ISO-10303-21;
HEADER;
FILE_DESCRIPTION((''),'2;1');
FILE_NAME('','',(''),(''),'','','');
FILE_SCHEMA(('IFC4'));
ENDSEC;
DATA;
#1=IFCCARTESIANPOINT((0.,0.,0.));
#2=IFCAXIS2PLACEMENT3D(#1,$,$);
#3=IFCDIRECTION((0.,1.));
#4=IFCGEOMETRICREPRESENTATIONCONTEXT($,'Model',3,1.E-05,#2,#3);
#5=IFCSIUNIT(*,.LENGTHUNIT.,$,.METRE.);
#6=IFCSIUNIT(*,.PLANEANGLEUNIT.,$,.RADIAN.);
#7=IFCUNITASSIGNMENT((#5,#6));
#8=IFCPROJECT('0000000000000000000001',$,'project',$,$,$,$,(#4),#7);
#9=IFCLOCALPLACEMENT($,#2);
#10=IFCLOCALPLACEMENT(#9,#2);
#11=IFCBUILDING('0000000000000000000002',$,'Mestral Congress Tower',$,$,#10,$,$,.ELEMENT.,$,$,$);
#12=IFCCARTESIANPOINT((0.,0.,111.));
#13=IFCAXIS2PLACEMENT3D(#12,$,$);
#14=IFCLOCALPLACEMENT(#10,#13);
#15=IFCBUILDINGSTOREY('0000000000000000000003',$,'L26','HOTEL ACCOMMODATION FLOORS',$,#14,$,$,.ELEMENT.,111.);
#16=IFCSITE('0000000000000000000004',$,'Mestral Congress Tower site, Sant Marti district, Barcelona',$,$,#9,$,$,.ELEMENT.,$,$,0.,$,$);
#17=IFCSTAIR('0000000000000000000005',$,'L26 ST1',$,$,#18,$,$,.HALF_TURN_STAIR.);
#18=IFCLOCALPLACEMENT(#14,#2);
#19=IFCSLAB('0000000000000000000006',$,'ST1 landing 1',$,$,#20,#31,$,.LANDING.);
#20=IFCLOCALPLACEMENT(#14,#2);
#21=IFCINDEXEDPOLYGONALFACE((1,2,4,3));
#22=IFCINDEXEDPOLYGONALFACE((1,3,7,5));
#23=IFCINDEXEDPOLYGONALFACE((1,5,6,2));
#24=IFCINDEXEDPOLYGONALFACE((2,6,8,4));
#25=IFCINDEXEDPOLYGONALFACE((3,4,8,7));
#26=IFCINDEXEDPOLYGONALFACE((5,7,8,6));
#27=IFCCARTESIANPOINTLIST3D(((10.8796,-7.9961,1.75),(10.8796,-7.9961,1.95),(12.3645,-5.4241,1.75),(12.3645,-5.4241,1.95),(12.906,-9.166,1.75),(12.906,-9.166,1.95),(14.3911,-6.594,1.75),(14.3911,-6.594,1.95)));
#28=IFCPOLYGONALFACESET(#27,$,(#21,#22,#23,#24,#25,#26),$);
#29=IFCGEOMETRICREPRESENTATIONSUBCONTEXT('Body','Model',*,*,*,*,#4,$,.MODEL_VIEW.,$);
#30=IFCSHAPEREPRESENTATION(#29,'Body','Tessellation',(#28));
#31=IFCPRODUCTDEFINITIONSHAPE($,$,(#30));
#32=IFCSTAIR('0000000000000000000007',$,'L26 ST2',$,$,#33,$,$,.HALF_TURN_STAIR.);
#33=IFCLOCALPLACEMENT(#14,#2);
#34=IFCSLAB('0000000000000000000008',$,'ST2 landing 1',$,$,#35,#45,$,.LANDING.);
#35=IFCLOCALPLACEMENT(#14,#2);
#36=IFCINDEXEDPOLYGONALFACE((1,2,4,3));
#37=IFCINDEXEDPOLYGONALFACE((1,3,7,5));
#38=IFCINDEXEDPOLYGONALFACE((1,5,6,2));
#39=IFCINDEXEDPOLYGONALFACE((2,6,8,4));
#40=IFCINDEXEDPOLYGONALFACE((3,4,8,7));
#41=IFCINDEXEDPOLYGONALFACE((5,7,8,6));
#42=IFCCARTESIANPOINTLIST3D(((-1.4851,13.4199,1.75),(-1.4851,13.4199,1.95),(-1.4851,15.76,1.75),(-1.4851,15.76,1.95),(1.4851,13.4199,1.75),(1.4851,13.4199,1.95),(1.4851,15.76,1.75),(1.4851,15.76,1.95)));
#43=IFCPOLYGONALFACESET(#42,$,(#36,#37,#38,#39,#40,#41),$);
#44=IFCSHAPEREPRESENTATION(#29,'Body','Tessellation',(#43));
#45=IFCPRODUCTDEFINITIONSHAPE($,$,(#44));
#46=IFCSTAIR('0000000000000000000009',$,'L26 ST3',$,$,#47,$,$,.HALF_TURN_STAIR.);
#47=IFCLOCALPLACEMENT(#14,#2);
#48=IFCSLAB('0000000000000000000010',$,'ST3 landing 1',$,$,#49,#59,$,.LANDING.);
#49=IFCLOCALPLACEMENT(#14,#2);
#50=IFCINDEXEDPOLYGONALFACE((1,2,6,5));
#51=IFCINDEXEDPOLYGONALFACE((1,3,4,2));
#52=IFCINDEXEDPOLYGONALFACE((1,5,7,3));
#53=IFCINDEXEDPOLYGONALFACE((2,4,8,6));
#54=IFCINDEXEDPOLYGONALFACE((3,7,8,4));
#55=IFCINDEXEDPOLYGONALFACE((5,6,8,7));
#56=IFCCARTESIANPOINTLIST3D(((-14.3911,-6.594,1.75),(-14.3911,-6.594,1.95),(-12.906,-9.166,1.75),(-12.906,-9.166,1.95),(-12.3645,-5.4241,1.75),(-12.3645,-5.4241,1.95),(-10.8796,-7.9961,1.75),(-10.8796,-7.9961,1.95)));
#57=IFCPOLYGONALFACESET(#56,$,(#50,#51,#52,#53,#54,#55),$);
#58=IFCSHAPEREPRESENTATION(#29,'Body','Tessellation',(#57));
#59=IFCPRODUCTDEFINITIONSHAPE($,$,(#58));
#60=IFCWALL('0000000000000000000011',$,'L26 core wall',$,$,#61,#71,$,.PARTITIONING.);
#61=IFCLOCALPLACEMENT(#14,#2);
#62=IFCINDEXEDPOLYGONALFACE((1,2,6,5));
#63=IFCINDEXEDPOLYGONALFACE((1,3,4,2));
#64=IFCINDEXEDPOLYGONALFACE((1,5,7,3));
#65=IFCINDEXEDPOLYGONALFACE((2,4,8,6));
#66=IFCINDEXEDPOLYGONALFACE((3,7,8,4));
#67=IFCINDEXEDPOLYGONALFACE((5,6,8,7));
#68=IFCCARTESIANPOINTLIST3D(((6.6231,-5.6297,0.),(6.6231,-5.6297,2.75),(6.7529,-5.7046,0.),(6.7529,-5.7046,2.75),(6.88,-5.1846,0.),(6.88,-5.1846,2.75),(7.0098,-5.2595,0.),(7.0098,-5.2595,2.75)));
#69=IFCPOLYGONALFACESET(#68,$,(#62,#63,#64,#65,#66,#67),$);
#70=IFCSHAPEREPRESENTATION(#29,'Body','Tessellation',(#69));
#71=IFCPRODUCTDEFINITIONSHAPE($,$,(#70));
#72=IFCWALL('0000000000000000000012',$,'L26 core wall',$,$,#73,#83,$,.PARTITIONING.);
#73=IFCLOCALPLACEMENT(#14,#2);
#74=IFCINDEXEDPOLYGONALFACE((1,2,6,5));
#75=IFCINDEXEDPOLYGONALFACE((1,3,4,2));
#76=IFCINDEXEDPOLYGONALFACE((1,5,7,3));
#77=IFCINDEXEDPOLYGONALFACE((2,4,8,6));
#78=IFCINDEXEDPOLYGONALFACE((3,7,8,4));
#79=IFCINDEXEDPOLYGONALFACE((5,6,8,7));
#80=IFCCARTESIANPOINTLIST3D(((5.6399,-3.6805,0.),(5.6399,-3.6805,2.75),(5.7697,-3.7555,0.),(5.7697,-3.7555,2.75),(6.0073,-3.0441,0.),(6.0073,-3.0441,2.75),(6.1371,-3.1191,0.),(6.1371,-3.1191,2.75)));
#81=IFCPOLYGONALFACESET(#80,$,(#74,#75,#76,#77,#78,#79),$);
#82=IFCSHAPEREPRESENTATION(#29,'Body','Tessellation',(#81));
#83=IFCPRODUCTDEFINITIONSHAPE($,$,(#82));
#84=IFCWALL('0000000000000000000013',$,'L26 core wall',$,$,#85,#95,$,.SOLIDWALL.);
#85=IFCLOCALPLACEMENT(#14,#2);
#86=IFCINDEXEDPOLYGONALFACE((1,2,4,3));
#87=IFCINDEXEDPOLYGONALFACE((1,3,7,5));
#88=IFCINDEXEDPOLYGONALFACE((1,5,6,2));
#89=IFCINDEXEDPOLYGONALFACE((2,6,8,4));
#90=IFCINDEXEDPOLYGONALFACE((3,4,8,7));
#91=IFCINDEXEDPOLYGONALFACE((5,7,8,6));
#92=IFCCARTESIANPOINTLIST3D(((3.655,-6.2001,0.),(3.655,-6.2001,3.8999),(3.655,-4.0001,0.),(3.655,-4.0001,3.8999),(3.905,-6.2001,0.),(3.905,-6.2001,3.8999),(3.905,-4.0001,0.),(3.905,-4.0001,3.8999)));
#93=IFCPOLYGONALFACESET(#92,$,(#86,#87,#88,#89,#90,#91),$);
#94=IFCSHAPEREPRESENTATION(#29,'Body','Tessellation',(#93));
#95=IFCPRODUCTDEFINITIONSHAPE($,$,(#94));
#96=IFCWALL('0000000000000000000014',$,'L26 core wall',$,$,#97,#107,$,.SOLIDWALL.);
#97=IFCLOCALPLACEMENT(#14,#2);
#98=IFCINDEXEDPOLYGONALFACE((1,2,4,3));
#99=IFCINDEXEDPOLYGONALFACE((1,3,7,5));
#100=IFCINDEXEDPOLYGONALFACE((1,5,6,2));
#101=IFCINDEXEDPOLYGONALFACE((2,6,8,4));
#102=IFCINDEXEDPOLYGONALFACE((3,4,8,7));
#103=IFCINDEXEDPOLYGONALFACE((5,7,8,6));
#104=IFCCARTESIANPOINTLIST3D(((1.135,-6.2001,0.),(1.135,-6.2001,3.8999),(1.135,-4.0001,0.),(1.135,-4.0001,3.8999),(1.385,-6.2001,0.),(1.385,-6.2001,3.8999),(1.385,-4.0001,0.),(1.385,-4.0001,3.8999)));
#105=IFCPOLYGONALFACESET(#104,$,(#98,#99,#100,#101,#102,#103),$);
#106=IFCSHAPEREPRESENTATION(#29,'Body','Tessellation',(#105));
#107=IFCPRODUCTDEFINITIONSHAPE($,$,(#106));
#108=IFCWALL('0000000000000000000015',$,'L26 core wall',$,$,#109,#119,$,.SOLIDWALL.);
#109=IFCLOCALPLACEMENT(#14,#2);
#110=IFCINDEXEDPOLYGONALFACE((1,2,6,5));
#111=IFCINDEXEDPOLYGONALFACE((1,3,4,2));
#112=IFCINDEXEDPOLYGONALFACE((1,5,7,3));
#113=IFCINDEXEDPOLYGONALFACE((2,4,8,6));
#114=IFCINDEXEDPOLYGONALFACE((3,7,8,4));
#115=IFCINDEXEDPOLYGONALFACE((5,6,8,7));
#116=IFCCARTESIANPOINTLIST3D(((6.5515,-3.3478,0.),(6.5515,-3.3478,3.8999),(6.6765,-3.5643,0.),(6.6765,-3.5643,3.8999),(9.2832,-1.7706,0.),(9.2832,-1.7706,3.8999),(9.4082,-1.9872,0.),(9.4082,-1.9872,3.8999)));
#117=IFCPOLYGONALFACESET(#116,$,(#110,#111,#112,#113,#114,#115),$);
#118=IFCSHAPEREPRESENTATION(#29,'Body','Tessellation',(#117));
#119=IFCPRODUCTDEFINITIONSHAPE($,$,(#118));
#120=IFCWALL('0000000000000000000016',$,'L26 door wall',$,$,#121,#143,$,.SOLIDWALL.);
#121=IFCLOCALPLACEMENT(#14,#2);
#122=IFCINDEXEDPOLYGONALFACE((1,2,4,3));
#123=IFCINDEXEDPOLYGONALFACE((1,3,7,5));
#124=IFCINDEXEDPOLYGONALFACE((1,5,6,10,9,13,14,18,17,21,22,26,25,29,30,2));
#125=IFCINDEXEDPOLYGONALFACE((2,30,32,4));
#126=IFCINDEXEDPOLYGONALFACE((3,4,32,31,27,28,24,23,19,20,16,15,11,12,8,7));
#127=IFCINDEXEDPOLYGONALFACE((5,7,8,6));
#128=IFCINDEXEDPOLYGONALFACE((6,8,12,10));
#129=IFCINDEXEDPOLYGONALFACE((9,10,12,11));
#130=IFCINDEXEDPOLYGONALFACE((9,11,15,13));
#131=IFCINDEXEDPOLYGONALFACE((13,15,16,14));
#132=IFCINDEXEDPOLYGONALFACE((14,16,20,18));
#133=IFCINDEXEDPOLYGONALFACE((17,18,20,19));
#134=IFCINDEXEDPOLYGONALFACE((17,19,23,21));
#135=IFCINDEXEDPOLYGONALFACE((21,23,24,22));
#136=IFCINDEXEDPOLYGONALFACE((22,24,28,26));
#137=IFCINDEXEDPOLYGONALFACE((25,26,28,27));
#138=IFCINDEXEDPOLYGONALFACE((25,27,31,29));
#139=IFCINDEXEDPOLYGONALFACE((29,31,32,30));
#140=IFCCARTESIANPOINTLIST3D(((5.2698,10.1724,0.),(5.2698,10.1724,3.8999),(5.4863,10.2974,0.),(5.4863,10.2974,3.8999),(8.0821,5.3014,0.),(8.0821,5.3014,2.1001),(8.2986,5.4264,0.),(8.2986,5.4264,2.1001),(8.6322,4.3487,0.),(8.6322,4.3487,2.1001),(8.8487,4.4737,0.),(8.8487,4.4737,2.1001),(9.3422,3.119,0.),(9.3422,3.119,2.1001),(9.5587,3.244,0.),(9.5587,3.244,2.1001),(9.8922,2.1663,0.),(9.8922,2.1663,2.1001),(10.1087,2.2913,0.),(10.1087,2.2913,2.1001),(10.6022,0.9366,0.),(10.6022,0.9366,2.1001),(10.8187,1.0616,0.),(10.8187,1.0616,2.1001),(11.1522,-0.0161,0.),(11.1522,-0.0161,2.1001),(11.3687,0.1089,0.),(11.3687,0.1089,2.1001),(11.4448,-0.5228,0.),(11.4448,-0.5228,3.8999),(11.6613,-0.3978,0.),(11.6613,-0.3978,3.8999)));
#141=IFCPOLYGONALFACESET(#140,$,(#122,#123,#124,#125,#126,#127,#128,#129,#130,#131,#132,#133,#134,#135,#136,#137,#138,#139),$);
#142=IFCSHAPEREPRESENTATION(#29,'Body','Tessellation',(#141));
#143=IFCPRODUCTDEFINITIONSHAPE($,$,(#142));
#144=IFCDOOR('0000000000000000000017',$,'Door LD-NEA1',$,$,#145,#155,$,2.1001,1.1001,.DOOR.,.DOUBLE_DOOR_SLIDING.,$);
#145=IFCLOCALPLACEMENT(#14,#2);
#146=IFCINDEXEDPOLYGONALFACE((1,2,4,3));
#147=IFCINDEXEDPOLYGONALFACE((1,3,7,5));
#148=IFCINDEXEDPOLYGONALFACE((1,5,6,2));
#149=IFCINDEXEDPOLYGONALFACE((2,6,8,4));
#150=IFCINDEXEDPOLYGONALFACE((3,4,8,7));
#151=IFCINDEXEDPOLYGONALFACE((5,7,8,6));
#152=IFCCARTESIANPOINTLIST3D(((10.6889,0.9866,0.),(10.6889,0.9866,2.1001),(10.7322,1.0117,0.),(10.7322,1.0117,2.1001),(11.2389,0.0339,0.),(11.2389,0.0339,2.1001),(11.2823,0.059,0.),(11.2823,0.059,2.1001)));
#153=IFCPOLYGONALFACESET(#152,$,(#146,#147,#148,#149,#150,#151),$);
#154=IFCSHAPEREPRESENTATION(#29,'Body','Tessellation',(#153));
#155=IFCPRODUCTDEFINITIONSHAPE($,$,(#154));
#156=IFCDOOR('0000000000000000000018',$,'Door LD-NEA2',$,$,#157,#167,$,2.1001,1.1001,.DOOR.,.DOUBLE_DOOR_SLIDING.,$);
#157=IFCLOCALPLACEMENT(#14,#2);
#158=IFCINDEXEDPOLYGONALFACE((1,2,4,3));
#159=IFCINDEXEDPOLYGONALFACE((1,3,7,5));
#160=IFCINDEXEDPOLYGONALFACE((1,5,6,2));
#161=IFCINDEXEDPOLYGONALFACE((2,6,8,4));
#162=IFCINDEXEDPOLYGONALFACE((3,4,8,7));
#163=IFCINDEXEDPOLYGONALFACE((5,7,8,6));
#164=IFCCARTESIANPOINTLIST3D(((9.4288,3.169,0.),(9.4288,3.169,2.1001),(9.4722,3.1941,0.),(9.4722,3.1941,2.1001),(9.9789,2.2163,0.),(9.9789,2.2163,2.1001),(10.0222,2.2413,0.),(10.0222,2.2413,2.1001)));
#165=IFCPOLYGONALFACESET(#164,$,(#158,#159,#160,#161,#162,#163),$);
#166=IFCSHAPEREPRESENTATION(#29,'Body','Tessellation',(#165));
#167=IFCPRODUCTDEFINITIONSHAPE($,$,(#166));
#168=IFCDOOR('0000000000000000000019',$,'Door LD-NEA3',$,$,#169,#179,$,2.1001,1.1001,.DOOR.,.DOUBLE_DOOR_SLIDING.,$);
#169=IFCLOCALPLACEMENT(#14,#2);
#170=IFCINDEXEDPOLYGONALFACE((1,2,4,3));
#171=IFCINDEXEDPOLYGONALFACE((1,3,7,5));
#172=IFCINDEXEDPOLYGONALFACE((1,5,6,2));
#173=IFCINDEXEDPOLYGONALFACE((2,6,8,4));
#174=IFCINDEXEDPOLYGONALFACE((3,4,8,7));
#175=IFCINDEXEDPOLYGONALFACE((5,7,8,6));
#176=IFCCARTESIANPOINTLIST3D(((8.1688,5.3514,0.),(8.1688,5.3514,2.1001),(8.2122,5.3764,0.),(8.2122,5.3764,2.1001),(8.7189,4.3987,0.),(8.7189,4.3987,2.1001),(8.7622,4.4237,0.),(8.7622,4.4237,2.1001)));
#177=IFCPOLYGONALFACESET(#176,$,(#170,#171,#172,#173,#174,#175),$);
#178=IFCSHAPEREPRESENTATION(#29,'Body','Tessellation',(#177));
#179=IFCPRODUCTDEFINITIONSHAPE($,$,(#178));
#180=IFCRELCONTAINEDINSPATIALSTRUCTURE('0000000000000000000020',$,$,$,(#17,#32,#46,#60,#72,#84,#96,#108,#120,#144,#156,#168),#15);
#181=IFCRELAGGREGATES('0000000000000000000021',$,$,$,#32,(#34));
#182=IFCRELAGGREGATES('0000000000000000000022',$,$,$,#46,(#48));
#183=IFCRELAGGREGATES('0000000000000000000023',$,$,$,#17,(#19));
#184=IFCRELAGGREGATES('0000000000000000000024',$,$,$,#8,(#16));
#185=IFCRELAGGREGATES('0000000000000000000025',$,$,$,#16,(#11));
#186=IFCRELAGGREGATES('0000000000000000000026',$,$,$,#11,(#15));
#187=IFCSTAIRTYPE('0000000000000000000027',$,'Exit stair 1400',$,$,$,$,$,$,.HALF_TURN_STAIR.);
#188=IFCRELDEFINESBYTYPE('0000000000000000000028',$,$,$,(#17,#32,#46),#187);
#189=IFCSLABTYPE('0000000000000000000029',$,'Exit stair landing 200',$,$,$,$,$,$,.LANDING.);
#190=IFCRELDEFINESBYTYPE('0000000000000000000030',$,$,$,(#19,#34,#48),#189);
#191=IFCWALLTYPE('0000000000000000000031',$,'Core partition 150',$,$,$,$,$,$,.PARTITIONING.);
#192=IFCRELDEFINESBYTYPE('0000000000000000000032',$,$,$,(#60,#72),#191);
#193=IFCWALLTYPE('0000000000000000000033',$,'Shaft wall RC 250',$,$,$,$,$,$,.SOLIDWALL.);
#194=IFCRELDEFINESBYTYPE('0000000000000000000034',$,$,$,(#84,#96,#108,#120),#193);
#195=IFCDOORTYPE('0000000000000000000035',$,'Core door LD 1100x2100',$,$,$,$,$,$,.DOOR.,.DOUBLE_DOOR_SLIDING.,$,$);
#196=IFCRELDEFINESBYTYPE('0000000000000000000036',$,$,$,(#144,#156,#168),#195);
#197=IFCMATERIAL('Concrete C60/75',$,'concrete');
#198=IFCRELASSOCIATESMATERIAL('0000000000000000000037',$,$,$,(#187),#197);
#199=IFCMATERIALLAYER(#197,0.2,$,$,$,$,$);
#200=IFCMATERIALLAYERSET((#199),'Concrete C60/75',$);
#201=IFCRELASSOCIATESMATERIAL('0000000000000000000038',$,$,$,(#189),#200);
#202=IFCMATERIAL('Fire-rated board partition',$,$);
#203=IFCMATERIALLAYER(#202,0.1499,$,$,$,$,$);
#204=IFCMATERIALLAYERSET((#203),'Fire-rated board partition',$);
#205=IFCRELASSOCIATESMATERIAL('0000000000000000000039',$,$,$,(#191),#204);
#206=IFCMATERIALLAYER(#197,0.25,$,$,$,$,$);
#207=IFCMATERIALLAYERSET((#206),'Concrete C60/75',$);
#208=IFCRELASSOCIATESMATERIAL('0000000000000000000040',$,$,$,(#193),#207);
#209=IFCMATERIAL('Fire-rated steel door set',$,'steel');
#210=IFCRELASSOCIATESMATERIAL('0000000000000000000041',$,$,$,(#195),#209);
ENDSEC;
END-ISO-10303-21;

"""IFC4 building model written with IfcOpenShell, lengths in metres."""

from ifc_helpers import new_model, si_unit, direction, frame, frame_2d, origin, place, context, subcontext, project, spatial, polyline, rectangle, outline, extrude, material, layer, layer_set, type_object, element, fill, aggregate, save


model = new_model("IFC4")

# Units and contexts
model_context = context("Model", 3, precision=1e-05, world=origin(), true_north=direction((0.0, 1.0)))
body_context = subcontext(model_context, "Body", "Model", "MODEL_VIEW")
ifc_project = project(units=[si_unit("LENGTHUNIT", "METRE"), si_unit("PLANEANGLEUNIT", "RADIAN")], contexts=[model_context])

# Site, building, storey
site_placement = place(None, origin())
site = spatial("IfcSite", under=ifc_project, at=site_placement, Name="Mestral Congress Tower site, Sant Marti district, Barcelona", CompositionType="ELEMENT", RefElevation=0.0)
building_placement = place(site_placement, origin())
building = spatial("IfcBuilding", under=site, at=building_placement, Name="Mestral Congress Tower", CompositionType="ELEMENT")
storey_placement = place(building_placement, frame((0.0, 0.0, 111.0)))
storey = spatial("IfcBuildingStorey", under=building, at=storey_placement, Name="L26", Description="HOTEL ACCOMMODATION FLOORS", CompositionType="ELEMENT", Elevation=111.0)

# Shared definitions
ifc_material_1 = material(Name="Concrete C60/75", Category="concrete")

# Stairs, slabs
stair_type = type_object("IfcStairType", Name="Exit stair 1400", PredefinedType="HALF_TURN_STAIR", material=ifc_material_1)
placement_1 = place(storey_placement, origin())
stair_1 = element("IfcStair", 1, at=placement_1, inside=storey, type_object=stair_type, Name="L26 ST1", PredefinedType="HALF_TURN_STAIR")
ifc_layer_1 = layer(ifc_material_1, 0.2)
ifc_layer_set_1 = layer_set([ifc_layer_1], Name="Concrete C60/75")
slab_type_1 = type_object("IfcSlabType", Name="Exit stair landing 200", PredefinedType="LANDING", material=ifc_layer_set_1)
placement_2 = place(storey_placement, frame((0.0, 0.0, 1.75)))
slab_1 = element("IfcSlab", 2, at=placement_2, type_object=slab_type_1, Name="ST1 landing 1", PredefinedType="LANDING", context=body_context, shape_type="SweptSolid", body=[
    extrude(outline(polyline([(10.8796, -7.9961), (12.3645, -5.4241), (14.3911, -6.594), (12.906, -9.166), (10.8796, -7.9961)])), origin(), (0.0, 0.0, 1.0), 0.2),
])
stair_2 = element("IfcStair", 3, at=placement_1, inside=storey, type_object=stair_type, Name="L26 ST2", PredefinedType="HALF_TURN_STAIR")
slab_2 = element("IfcSlab", 4, at=placement_2, type_object=slab_type_1, Name="ST2 landing 1", PredefinedType="LANDING", context=body_context, shape_type="SweptSolid", body=[
    extrude(outline(polyline([(1.4851, 13.4199), (-1.4851, 13.4199), (-1.4851, 15.76), (1.4851, 15.76), (1.4851, 13.4199)])), origin(), (0.0, 0.0, 1.0), 0.2),
])
aggregate(stair_2, [slab_2])
stair_3 = element("IfcStair", 5, at=placement_1, inside=storey, type_object=stair_type, Name="L26 ST3", PredefinedType="HALF_TURN_STAIR")
slab_3 = element("IfcSlab", 6, at=placement_2, type_object=slab_type_1, Name="ST3 landing 1", PredefinedType="LANDING", context=body_context, shape_type="SweptSolid", body=[
    extrude(outline(polyline([(-12.3645, -5.4241), (-10.8796, -7.9961), (-12.906, -9.166), (-14.3911, -6.594), (-12.3645, -5.4241)])), origin(), (0.0, 0.0, 1.0), 0.2),
])
aggregate(stair_3, [slab_3])

# Walls
ifc_material_2 = material(Name="Fire-rated board partition")
ifc_layer_2 = layer(ifc_material_2, 0.1499)
ifc_layer_set_2 = layer_set([ifc_layer_2], Name="Fire-rated board partition")
wall_type_1 = type_object("IfcWallType", Name="Core partition 150", PredefinedType="PARTITIONING", material=ifc_layer_set_2)
wall_1_placement = place(storey_placement, frame((6.9448, -5.2222, 0.0), z_axis=(0.0, 0.0, 1.0), x_axis=(-0.499818, -0.86613, 0.0)))
element("IfcWall", 7, at=wall_1_placement, inside=storey, type_object=wall_type_1, Name="L26 core wall", PredefinedType="PARTITIONING", context=body_context, shape_type="SweptSolid", body=[
    extrude(rectangle(XDim=0.5139, YDim=0.1499, at=frame_2d((0.2568, 0.0))), origin(), (0.0, 0.0, 1.0), 2.75),
])
wall_2_placement = place(storey_placement, frame((5.7048, -3.718, 0.0), z_axis=(0.0, 0.0, 1.0), x_axis=(0.499962, 0.866047, 0.0)))
element("IfcWall", 8, at=wall_2_placement, inside=storey, type_object=wall_type_1, Name="L26 core wall", PredefinedType="PARTITIONING", context=body_context, shape_type="SweptSolid", body=[
    extrude(rectangle(XDim=0.7349, YDim=0.1499, at=frame_2d((0.3674, 0.0))), origin(), (0.0, 0.0, 1.0), 2.75),
])
ifc_layer_3 = layer(ifc_material_1, 0.25)
ifc_layer_set_3 = layer_set([ifc_layer_3], Name="Concrete C60/75")
wall_type_2 = type_object("IfcWallType", Name="Shaft wall RC 250", PredefinedType="SOLIDWALL", material=ifc_layer_set_3)
for number, where, z_axis, x_axis, name in (
    (9, (3.78, -4.0, 0.0), (0.0, 0.0, 1.0), (0.0, -1.0, 0.0), "L26 core wall"),
    (10, (1.26, -4.0, 0.0), (0.0, 0.0, 1.0), (0.0, -1.0, 0.0), "L26 core wall"),
):
    element("IfcWall", number, at=place(storey_placement, frame(where, z_axis=z_axis, x_axis=x_axis)), inside=storey, type_object=wall_type_2, Name=name, PredefinedType="SOLIDWALL", context=body_context, shape_type="SweptSolid", body=[
        extrude(rectangle(XDim=2.2, YDim=0.25, at=frame_2d((1.1001, 0.0))), origin(), (0.0, 0.0, 1.0), 3.8999),
    ])
wall_3_placement = place(storey_placement, frame((6.614, -3.4561, 0.0), z_axis=(0.0, 0.0, 1.0), x_axis=(0.866024, 0.500002, 0.0)))
element("IfcWall", 11, at=wall_3_placement, inside=storey, type_object=wall_type_2, Name="L26 core wall", PredefinedType="SOLIDWALL", context=body_context, shape_type="SweptSolid", body=[
    extrude(rectangle(XDim=3.1543, YDim=0.25, at=frame_2d((1.5771, 0.0))), origin(), (0.0, 0.0, 1.0), 3.8999),
])

# Wall, openings, doors
wall_4_placement = place(storey_placement, frame((11.553, -0.4602, 0.0), z_axis=(0.0, 0.0, 1.0), x_axis=(-0.500007, 0.866022, 0.0)))
wall_4 = element("IfcWall", 12, at=wall_4_placement, inside=storey, type_object=wall_type_2, Name="L26 door wall", PredefinedType="SOLIDWALL", context=body_context, shape_type="SweptSolid", body=[
    extrude(rectangle(XDim=12.3499, YDim=0.25, at=frame_2d((6.1748, 0.0))), origin(), (0.0, 0.0, 1.0), 3.8999),
])
opening_1_placement = place(wall_4_placement, frame((0.585, 0.0, 0.0)))
opening_1 = element("IfcOpeningElement", 13, at=opening_1_placement, cuts=wall_4, PredefinedType="OPENING", context=body_context, shape_type="SweptSolid", body=[
    extrude(rectangle(XDim=1.1001, YDim=2.1001, at=frame_2d((0.55, 1.05))), frame((0.0, 0.135, 0.0), z_axis=(0.0, -1.0, 0.0), x_axis=(1.0, 0.0, 0.0)), (0.0, 0.0, 1.0), 0.27),
])
opening_2_placement = place(wall_4_placement, frame((3.105, 0.0, 0.0)))
opening_2 = element("IfcOpeningElement", 14, at=opening_2_placement, cuts=wall_4, PredefinedType="OPENING", context=body_context, shape_type="SweptSolid", body=[
    extrude(rectangle(XDim=1.1001, YDim=2.1001, at=frame_2d((0.55, 1.05))), frame((0.0, 0.135, 0.0), z_axis=(0.0, -1.0, 0.0), x_axis=(1.0, 0.0, 0.0)), (0.0, 0.0, 1.0), 0.27),
])
opening_3_placement = place(wall_4_placement, frame((5.625, 0.0, 0.0)))
opening_3 = element("IfcOpeningElement", 15, at=opening_3_placement, cuts=wall_4, PredefinedType="OPENING", context=body_context, shape_type="SweptSolid", body=[
    extrude(rectangle(XDim=1.1001, YDim=2.1001, at=frame_2d((0.55, 1.05))), frame((0.0, 0.135, 0.0), z_axis=(0.0, -1.0, 0.0), x_axis=(1.0, 0.0, 0.0)), (0.0, 0.0, 1.0), 0.27),
])
ifc_material_3 = material(Name="Fire-rated steel door set", Category="steel")
door_type_1 = type_object("IfcDoorType", Name="Core door LD 1100x2100", OperationType="DOUBLE_DOOR_SLIDING", PredefinedType="DOOR", material=ifc_material_3)
door_1_placement = place(opening_1_placement, origin())
door_1 = element("IfcDoor", 16, at=door_1_placement, inside=storey, type_object=door_type_1, Name="Door LD-NEA1", OperationType="DOUBLE_DOOR_SLIDING", OverallHeight=2.1001, OverallWidth=1.1001, PredefinedType="DOOR", context=body_context, shape_type="SweptSolid", body=[
    extrude(rectangle(XDim=1.1001, YDim=2.1001, at=frame_2d((0.55, 1.05))), frame((0.0, 0.0249, 0.0), z_axis=(0.0, -1.0, 0.0), x_axis=(1.0, 0.0, 0.0)), (0.0, 0.0, 1.0), 0.05),
])
fill(opening_1, door_1)
door_2_placement = place(opening_2_placement, origin())
door_2 = element("IfcDoor", 17, at=door_2_placement, inside=storey, type_object=door_type_1, Name="Door LD-NEA2", OperationType="DOUBLE_DOOR_SLIDING", OverallHeight=2.1001, OverallWidth=1.1001, PredefinedType="DOOR", context=body_context, shape_type="SweptSolid", body=[
    extrude(rectangle(XDim=1.1001, YDim=2.1001, at=frame_2d((0.55, 1.05))), frame((0.0, 0.0249, 0.0), z_axis=(0.0, -1.0, 0.0), x_axis=(1.0, 0.0, 0.0)), (0.0, 0.0, 1.0), 0.05),
])
fill(opening_2, door_2)
door_3_placement = place(opening_3_placement, origin())
door_3 = element("IfcDoor", 18, at=door_3_placement, inside=storey, type_object=door_type_1, Name="Door LD-NEA3", OperationType="DOUBLE_DOOR_SLIDING", OverallHeight=2.1001, OverallWidth=1.1001, PredefinedType="DOOR", context=body_context, shape_type="SweptSolid", body=[
    extrude(rectangle(XDim=1.1001, YDim=2.1001, at=frame_2d((0.55, 1.05))), frame((0.0, 0.0249, 0.0), z_axis=(0.0, -1.0, 0.0), x_axis=(1.0, 0.0, 0.0)), (0.0, 0.0, 1.0), 0.05),
])
fill(opening_3, door_3)

aggregate(stair_1, [slab_1])

save(model, "model.ifc")
